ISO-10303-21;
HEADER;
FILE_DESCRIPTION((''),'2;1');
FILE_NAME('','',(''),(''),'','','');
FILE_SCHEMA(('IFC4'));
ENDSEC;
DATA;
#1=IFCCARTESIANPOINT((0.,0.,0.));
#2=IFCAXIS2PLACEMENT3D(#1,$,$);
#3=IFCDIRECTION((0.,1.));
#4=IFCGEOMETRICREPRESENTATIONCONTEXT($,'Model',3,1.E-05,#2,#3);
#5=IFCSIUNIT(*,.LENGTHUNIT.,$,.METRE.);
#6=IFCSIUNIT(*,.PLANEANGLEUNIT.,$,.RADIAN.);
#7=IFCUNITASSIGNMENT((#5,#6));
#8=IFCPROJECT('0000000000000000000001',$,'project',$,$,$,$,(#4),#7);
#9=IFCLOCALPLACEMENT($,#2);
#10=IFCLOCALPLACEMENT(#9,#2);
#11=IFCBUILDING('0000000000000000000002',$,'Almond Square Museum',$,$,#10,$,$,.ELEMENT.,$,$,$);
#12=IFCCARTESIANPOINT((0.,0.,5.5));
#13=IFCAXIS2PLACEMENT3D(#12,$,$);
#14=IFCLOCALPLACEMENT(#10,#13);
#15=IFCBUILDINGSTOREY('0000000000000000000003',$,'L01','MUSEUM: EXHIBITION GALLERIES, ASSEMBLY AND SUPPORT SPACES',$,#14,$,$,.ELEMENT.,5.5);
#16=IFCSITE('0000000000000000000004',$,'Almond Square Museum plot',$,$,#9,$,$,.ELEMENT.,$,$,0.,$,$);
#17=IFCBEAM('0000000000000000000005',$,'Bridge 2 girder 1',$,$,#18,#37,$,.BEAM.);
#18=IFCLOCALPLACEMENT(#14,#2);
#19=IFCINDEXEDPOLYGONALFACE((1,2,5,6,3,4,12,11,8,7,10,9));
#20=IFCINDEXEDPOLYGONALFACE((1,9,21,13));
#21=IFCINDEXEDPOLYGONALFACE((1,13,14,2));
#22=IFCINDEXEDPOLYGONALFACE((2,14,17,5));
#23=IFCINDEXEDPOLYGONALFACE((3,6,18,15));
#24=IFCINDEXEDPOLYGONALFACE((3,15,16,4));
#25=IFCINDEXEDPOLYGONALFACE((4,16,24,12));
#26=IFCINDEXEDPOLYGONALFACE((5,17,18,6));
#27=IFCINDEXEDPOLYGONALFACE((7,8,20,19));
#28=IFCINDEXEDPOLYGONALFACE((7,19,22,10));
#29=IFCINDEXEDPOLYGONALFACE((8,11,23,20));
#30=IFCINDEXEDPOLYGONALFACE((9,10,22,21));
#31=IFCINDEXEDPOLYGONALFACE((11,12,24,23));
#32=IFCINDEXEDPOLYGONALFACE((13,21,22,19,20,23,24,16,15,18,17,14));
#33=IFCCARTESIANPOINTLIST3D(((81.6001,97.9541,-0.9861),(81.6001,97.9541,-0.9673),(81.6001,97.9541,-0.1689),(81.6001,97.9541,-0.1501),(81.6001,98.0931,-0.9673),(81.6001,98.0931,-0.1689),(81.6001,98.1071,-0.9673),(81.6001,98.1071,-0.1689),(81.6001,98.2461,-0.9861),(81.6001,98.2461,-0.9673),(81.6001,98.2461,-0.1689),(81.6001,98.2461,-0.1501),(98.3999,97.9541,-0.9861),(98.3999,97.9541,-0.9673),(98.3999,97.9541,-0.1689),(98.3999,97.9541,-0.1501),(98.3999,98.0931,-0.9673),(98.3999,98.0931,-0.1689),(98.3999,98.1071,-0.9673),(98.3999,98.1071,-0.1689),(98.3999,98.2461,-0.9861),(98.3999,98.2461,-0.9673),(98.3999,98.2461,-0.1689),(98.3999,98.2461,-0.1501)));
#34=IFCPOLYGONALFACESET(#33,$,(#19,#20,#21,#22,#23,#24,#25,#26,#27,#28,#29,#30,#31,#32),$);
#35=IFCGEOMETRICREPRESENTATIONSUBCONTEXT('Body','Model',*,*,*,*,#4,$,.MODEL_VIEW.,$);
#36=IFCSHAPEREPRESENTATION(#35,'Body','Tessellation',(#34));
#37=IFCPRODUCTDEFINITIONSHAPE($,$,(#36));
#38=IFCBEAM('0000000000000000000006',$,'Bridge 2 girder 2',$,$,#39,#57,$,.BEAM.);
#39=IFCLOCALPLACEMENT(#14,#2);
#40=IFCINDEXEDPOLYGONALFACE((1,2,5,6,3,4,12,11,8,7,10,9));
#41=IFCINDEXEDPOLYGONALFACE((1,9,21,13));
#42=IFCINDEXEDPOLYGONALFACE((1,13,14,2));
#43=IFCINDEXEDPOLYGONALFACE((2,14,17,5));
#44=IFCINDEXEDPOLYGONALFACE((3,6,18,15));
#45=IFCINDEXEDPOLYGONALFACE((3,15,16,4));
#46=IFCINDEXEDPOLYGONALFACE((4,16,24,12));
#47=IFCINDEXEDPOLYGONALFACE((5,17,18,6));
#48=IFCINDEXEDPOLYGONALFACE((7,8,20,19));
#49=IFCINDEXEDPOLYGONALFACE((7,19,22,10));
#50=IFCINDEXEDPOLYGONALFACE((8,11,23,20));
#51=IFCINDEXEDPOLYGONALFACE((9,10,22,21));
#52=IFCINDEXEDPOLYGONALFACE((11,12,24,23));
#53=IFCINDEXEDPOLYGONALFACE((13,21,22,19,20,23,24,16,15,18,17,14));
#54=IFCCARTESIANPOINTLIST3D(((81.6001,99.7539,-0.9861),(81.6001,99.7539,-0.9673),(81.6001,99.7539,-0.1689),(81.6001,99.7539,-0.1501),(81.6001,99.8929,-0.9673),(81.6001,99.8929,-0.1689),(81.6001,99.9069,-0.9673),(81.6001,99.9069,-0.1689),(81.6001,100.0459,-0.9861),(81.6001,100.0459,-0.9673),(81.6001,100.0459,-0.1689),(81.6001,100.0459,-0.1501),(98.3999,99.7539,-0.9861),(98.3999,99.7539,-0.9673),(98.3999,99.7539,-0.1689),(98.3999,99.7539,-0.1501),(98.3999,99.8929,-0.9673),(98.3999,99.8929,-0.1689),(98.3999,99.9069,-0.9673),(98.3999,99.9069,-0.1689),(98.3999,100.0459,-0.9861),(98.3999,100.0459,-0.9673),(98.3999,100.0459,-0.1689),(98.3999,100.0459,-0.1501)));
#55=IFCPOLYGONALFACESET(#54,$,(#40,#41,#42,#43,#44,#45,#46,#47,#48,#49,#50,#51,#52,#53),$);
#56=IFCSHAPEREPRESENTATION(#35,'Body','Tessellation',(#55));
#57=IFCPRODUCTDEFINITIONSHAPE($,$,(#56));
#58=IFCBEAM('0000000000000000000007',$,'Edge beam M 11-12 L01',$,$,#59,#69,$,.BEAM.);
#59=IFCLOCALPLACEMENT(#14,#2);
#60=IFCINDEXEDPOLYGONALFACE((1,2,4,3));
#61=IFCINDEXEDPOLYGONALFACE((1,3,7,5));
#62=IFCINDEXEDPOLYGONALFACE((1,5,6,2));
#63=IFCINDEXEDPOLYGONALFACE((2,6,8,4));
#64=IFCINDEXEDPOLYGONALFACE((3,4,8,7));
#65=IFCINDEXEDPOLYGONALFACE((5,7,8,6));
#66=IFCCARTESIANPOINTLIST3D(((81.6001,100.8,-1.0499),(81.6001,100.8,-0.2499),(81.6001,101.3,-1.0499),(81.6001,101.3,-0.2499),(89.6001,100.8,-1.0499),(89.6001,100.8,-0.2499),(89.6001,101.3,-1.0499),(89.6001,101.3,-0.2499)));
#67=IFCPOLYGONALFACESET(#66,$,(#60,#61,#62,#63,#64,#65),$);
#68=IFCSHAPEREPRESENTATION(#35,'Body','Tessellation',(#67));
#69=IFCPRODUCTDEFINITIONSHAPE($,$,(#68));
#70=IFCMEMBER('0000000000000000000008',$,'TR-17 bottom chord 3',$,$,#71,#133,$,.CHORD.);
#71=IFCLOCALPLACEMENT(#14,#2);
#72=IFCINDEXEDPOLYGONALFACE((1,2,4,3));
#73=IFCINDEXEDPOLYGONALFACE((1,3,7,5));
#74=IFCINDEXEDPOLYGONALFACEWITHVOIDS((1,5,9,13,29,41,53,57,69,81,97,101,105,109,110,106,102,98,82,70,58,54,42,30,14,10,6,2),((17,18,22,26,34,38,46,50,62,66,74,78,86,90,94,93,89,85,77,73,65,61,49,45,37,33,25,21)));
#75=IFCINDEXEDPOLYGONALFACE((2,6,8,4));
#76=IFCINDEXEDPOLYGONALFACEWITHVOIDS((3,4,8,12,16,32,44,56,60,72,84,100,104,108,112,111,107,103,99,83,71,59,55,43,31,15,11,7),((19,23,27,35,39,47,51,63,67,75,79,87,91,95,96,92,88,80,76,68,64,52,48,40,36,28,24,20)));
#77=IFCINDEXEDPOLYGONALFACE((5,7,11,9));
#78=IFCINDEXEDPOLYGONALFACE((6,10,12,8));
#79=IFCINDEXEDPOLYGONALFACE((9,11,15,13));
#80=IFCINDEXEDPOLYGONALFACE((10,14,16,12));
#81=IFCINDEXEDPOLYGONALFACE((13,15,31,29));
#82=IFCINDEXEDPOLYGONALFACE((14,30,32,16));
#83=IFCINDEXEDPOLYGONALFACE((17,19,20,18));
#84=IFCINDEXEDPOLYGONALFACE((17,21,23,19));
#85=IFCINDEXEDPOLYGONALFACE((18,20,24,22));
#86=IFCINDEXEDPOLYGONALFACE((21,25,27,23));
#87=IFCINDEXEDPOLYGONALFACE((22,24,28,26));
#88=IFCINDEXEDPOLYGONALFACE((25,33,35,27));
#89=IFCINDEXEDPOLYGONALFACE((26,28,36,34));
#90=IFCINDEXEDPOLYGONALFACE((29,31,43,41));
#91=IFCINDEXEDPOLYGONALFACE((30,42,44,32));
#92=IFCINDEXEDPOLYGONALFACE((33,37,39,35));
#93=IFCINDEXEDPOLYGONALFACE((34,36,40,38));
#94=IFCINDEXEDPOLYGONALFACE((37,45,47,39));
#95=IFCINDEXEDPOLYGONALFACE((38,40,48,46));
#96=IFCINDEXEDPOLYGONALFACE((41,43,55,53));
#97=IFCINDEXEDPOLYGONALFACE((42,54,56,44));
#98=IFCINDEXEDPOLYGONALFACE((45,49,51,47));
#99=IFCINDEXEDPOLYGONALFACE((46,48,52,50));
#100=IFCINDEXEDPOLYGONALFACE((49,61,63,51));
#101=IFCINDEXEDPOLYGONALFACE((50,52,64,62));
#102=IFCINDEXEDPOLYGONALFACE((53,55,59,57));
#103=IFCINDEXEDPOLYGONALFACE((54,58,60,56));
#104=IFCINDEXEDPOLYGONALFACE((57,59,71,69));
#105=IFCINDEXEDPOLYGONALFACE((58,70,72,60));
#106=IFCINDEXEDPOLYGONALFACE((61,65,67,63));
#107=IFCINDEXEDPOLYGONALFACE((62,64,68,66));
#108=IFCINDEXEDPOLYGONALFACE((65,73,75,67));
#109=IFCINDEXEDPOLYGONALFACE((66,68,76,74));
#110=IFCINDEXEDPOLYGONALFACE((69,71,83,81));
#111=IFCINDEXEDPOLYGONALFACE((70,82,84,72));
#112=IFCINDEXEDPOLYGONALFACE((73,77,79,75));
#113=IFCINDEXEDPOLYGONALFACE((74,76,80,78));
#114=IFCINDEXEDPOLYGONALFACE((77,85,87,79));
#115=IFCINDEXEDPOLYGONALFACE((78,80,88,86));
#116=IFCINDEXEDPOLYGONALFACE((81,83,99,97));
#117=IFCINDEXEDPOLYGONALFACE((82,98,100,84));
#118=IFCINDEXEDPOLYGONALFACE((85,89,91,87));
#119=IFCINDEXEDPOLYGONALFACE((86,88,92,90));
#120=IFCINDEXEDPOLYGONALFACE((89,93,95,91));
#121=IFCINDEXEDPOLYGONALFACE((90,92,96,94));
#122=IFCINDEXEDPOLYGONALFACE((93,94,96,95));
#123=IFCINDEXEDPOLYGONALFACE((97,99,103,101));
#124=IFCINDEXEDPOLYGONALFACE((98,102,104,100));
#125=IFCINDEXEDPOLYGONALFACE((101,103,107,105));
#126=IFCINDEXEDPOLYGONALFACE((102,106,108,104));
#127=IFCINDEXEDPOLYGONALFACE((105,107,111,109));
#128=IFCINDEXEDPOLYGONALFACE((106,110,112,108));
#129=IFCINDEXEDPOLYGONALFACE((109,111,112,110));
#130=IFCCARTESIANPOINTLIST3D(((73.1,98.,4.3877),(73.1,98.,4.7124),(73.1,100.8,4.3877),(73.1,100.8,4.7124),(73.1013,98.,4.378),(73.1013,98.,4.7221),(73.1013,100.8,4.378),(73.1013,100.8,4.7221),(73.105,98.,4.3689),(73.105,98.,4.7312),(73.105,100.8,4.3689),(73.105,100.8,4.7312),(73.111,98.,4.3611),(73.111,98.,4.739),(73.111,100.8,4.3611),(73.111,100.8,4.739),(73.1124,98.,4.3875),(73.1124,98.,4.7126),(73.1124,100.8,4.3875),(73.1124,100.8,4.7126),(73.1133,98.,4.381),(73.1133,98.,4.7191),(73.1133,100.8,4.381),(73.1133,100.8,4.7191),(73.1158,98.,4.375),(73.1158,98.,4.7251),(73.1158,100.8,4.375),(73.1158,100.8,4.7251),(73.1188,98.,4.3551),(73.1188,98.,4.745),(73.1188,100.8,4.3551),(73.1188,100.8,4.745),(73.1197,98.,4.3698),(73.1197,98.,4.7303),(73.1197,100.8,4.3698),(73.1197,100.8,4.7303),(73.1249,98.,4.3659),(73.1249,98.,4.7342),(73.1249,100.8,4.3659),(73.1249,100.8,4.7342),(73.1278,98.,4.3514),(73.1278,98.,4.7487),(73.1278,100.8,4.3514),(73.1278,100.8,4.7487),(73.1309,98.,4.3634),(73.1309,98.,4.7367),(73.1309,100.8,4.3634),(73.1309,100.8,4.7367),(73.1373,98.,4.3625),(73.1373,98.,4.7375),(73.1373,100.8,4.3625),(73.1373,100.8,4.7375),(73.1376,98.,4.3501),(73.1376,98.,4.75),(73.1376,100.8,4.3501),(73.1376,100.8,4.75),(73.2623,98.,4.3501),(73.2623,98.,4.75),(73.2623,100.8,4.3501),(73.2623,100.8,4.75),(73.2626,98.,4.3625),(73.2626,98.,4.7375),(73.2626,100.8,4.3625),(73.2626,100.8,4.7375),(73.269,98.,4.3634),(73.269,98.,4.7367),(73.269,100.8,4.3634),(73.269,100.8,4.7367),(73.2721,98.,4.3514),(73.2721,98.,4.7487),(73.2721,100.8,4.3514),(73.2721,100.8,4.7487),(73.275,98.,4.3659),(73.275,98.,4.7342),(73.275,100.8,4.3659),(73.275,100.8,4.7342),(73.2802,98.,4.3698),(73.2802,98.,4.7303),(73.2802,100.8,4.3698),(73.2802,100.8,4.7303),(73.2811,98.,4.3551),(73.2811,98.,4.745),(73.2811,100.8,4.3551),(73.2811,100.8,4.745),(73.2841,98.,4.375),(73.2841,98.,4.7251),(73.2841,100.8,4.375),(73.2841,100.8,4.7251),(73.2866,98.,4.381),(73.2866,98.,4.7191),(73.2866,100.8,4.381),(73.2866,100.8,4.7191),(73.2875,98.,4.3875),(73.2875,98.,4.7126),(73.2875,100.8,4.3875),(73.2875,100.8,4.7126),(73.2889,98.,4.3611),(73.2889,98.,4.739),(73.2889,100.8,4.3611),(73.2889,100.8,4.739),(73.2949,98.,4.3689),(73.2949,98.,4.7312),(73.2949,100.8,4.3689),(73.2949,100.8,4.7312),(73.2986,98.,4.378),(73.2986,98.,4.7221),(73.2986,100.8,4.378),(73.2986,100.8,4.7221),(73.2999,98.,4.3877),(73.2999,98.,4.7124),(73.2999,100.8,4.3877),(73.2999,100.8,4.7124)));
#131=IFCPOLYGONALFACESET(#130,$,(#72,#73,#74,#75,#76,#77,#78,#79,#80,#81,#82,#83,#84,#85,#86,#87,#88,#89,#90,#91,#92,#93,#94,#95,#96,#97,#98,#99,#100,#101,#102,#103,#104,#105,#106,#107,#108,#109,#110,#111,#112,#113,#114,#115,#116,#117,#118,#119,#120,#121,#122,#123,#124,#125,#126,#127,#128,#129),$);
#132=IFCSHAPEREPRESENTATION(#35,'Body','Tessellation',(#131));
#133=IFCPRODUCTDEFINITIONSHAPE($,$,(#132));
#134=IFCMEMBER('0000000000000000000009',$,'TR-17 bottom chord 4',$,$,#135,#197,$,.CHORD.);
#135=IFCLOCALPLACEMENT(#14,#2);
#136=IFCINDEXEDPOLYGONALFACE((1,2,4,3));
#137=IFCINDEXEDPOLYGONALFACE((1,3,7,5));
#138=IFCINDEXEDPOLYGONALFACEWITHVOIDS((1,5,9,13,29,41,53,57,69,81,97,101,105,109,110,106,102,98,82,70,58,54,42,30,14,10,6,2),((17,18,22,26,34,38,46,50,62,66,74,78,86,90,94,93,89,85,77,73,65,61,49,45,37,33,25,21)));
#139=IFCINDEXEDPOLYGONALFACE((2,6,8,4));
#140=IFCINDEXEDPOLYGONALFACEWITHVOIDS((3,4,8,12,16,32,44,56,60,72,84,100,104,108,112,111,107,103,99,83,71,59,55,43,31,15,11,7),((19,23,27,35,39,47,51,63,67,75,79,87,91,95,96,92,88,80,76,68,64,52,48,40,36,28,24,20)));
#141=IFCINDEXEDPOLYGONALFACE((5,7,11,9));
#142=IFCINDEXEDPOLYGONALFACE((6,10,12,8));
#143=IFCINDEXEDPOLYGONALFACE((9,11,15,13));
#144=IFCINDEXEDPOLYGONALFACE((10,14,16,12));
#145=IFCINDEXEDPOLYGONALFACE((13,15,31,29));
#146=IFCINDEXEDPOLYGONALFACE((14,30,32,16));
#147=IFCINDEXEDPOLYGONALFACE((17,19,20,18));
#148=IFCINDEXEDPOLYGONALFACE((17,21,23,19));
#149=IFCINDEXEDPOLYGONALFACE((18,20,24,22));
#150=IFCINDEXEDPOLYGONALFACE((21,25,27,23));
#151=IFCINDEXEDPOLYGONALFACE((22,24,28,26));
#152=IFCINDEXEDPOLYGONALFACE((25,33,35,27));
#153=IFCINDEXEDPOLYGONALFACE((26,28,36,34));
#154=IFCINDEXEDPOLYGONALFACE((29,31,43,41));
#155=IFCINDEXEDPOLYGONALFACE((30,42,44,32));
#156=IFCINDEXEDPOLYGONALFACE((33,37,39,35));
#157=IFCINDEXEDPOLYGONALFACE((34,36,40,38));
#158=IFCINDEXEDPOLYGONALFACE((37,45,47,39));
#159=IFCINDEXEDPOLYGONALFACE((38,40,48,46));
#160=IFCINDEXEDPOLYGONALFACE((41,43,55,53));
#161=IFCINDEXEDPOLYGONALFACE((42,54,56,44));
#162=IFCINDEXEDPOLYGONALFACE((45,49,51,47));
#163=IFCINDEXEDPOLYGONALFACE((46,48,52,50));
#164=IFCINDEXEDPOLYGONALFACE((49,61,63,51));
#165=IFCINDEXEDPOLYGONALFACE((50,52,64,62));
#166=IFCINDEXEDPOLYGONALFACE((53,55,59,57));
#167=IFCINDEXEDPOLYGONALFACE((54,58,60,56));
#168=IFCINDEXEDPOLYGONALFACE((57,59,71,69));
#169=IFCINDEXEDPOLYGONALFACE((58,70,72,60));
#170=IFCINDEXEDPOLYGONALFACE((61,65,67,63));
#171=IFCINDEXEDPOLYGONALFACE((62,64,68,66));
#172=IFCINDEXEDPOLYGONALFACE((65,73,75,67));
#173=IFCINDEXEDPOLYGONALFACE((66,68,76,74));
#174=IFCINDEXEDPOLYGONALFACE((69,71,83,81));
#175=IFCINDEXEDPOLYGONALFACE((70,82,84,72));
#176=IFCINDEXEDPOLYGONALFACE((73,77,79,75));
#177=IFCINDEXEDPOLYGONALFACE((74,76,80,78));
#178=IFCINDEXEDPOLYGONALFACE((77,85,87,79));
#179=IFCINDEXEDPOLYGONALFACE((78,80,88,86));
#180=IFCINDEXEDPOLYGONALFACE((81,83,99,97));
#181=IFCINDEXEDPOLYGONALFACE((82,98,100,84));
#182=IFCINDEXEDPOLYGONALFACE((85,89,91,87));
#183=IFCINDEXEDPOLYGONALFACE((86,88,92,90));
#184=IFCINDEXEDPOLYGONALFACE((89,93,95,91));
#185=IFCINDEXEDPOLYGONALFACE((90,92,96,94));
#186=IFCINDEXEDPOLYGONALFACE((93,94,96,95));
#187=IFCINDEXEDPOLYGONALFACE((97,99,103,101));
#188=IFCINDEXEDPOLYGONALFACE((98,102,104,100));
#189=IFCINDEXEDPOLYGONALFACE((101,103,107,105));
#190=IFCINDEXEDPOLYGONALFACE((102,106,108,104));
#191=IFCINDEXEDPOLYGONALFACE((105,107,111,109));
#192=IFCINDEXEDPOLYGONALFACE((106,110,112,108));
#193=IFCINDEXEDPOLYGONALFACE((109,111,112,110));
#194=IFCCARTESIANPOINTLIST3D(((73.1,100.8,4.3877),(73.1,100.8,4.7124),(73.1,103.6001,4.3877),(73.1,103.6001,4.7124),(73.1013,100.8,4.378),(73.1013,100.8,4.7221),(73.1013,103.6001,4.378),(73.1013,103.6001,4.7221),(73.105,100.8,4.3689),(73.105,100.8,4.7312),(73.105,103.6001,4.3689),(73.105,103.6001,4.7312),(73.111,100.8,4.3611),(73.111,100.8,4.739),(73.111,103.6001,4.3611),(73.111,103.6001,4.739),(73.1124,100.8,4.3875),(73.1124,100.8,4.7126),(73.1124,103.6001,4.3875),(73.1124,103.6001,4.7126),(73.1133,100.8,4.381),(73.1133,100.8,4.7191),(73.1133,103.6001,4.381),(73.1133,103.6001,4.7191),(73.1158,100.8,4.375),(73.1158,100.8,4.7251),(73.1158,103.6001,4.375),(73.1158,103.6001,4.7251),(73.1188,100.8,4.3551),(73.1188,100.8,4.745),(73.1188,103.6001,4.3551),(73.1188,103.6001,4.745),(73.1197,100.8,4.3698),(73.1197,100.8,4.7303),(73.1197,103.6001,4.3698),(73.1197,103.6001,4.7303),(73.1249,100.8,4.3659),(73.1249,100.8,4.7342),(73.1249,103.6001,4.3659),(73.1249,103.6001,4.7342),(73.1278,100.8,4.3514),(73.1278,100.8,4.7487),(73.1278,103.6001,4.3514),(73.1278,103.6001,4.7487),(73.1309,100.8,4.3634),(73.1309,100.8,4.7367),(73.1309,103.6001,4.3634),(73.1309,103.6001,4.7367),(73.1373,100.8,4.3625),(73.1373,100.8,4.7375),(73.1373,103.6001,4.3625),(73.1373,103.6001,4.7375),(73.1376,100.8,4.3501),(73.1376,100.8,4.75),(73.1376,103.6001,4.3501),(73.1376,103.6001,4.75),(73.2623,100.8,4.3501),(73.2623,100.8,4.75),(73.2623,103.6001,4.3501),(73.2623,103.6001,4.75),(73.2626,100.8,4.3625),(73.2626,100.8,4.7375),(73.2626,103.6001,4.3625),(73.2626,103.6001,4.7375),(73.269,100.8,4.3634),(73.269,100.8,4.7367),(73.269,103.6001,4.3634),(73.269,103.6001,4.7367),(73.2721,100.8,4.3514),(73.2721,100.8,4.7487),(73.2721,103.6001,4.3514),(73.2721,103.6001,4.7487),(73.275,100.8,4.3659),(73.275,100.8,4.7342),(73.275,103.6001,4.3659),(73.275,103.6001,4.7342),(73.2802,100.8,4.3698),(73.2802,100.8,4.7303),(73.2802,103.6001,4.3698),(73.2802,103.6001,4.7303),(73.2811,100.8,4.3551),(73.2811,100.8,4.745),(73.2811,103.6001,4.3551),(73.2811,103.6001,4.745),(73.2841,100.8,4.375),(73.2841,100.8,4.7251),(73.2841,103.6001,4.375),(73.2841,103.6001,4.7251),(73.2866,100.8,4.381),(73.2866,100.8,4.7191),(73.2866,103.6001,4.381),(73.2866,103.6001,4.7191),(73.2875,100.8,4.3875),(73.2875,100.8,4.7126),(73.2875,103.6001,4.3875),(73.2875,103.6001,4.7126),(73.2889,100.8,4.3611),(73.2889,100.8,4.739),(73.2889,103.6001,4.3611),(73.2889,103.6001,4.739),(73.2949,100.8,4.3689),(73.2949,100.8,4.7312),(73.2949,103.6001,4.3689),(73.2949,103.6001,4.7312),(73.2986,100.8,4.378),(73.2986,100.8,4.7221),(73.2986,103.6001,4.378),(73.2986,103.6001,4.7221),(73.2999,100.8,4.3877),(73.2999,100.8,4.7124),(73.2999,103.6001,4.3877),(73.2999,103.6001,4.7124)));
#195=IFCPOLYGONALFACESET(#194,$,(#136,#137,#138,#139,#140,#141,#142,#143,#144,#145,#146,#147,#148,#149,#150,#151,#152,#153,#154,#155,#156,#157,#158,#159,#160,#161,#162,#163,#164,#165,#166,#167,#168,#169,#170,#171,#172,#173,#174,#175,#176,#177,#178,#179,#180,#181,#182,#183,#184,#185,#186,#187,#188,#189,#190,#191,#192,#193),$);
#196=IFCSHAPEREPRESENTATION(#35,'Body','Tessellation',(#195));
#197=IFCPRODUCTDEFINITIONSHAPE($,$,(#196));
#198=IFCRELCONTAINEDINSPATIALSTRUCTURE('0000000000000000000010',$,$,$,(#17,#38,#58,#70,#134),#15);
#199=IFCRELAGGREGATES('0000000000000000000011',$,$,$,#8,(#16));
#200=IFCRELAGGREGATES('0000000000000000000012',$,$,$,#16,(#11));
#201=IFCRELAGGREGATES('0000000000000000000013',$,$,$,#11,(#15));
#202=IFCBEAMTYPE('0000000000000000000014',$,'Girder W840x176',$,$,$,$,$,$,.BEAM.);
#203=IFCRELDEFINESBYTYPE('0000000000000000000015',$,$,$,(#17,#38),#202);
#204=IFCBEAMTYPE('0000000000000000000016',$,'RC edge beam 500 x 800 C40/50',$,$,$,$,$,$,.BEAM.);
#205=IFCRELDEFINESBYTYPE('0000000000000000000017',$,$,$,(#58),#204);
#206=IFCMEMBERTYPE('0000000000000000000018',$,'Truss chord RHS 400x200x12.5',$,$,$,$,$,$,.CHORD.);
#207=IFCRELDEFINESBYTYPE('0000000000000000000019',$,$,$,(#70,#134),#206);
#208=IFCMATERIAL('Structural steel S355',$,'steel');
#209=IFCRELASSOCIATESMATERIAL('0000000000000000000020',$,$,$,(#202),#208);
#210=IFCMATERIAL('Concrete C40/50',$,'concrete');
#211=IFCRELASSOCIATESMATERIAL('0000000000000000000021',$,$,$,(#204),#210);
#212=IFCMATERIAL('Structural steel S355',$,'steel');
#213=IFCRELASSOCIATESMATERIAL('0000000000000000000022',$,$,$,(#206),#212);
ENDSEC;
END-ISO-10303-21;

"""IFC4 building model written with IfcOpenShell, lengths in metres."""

from ifc_helpers import new_model, si_unit, direction, frame, origin, origin_2d, place, context, subcontext, project, spatial, rectangle, hollow_rectangle, i_section, extrude, material, material_profile, profile_set, type_object, element, save


model = new_model("IFC4")

# Units and contexts
model_context = context("Model", 3, precision=1e-05, world=origin(), true_north=direction((0.0, 1.0)))
body_context = subcontext(model_context, "Body", "Model", "MODEL_VIEW")
ifc_project = project(units=[si_unit("LENGTHUNIT", "METRE"), si_unit("PLANEANGLEUNIT", "RADIAN")], contexts=[model_context])

# Site, building, storey
site_placement = place(None, origin())
site = spatial("IfcSite", under=ifc_project, at=site_placement, Name="Almond Square Museum plot", CompositionType="ELEMENT", RefElevation=0.0)
building_placement = place(site_placement, origin())
building = spatial("IfcBuilding", under=site, at=building_placement, Name="Almond Square Museum", CompositionType="ELEMENT")
storey_placement = place(building_placement, frame((0.0, 0.0, 5.5)))
storey = spatial("IfcBuildingStorey", under=building, at=storey_placement, Name="L01", Description="MUSEUM: EXHIBITION GALLERIES, ASSEMBLY AND SUPPORT SPACES", CompositionType="ELEMENT", Elevation=5.5)

# Beams
ifc_material_1 = material(Name="Structural steel S355", Category="steel")
ifc_material_profile_1 = material_profile(ifc_material_1, i_section(OverallWidth=0.292, OverallDepth=0.8359, WebThickness=0.0139, FlangeThickness=0.0188, at=origin_2d()))
ifc_profile_set_1 = profile_set([ifc_material_profile_1], Name="Structural steel S355")
beam_type_1 = type_object("IfcBeamType", Name="Girder W840x176", PredefinedType="BEAM", material=ifc_profile_set_1)
for number, where, z_axis, x_axis, name in (
    (1, (81.6001, 98.1001, -0.5681), (1.0, 0.0, 0.0), (0.0, 1.0, 0.0), "Bridge 2 girder 1"),
    (2, (81.6001, 99.8999, -0.5681), (1.0, 0.0, 0.0), (0.0, 1.0, 0.0), "Bridge 2 girder 2"),
):
    element("IfcBeam", number, at=place(storey_placement, frame(where, z_axis=z_axis, x_axis=x_axis)), inside=storey, type_object=beam_type_1, Name=name, PredefinedType="BEAM", context=body_context, shape_type="SweptSolid", body=[
        extrude(i_section(OverallWidth=0.292, OverallDepth=0.8359, WebThickness=0.0139, FlangeThickness=0.0188, at=origin_2d()), origin(), (0.0, 0.0, 1.0), 16.7998),
    ])
ifc_material_2 = material(Name="Concrete C40/50", Category="concrete")
ifc_material_profile_2 = material_profile(ifc_material_2, rectangle(XDim=0.5, YDim=0.8, at=origin_2d()))
ifc_profile_set_2 = profile_set([ifc_material_profile_2], Name="Concrete C40/50")
beam_type_2 = type_object("IfcBeamType", Name="RC edge beam 500 x 800 C40/50", PredefinedType="BEAM", material=ifc_profile_set_2)
beam_placement = place(storey_placement, frame((81.6001, 101.05, -0.6499), z_axis=(1.0, 0.0, 0.0), x_axis=(0.0, 1.0, 0.0)))
element("IfcBeam", 3, at=beam_placement, inside=storey, type_object=beam_type_2, Name="Edge beam M 11-12 L01", PredefinedType="BEAM", context=body_context, shape_type="SweptSolid", body=[
    extrude(rectangle(XDim=0.5, YDim=0.8, at=origin_2d()), origin(), (0.0, 0.0, 1.0), 8.0),
])

# Members
ifc_material_3 = material(Name="Structural steel S355", Category="steel")
ifc_material_profile_3 = material_profile(ifc_material_3, hollow_rectangle(XDim=0.2, YDim=0.3999, WallThickness=0.0125, InnerFilletRadius=0.0249, OuterFilletRadius=0.0376, at=origin_2d()))
ifc_profile_set_3 = profile_set([ifc_material_profile_3], Name="Structural steel S355")
member_type_1 = type_object("IfcMemberType", Name="Truss chord RHS 400x200x12.5", PredefinedType="CHORD", material=ifc_profile_set_3)
for number, where, z_axis, x_axis, name in (
    (4, (73.2, 98.0, 4.55), (0.0, 1.0, 0.0), (-1.0, 0.0, 0.0), "TR-17 bottom chord 3"),
    (5, (73.2, 100.8, 4.55), (0.0, 1.0, 0.0), (-1.0, 0.0, 0.0), "TR-17 bottom chord 4"),
):
    element("IfcMember", number, at=place(storey_placement, frame(where, z_axis=z_axis, x_axis=x_axis)), inside=storey, type_object=member_type_1, Name=name, PredefinedType="CHORD", context=body_context, shape_type="SweptSolid", body=[
        extrude(hollow_rectangle(XDim=0.2, YDim=0.3999, WallThickness=0.0125, InnerFilletRadius=0.0249, OuterFilletRadius=0.0376, at=origin_2d()), origin(), (0.0, 0.0, 1.0), 2.8),
    ])

save(model, "model.ifc")
